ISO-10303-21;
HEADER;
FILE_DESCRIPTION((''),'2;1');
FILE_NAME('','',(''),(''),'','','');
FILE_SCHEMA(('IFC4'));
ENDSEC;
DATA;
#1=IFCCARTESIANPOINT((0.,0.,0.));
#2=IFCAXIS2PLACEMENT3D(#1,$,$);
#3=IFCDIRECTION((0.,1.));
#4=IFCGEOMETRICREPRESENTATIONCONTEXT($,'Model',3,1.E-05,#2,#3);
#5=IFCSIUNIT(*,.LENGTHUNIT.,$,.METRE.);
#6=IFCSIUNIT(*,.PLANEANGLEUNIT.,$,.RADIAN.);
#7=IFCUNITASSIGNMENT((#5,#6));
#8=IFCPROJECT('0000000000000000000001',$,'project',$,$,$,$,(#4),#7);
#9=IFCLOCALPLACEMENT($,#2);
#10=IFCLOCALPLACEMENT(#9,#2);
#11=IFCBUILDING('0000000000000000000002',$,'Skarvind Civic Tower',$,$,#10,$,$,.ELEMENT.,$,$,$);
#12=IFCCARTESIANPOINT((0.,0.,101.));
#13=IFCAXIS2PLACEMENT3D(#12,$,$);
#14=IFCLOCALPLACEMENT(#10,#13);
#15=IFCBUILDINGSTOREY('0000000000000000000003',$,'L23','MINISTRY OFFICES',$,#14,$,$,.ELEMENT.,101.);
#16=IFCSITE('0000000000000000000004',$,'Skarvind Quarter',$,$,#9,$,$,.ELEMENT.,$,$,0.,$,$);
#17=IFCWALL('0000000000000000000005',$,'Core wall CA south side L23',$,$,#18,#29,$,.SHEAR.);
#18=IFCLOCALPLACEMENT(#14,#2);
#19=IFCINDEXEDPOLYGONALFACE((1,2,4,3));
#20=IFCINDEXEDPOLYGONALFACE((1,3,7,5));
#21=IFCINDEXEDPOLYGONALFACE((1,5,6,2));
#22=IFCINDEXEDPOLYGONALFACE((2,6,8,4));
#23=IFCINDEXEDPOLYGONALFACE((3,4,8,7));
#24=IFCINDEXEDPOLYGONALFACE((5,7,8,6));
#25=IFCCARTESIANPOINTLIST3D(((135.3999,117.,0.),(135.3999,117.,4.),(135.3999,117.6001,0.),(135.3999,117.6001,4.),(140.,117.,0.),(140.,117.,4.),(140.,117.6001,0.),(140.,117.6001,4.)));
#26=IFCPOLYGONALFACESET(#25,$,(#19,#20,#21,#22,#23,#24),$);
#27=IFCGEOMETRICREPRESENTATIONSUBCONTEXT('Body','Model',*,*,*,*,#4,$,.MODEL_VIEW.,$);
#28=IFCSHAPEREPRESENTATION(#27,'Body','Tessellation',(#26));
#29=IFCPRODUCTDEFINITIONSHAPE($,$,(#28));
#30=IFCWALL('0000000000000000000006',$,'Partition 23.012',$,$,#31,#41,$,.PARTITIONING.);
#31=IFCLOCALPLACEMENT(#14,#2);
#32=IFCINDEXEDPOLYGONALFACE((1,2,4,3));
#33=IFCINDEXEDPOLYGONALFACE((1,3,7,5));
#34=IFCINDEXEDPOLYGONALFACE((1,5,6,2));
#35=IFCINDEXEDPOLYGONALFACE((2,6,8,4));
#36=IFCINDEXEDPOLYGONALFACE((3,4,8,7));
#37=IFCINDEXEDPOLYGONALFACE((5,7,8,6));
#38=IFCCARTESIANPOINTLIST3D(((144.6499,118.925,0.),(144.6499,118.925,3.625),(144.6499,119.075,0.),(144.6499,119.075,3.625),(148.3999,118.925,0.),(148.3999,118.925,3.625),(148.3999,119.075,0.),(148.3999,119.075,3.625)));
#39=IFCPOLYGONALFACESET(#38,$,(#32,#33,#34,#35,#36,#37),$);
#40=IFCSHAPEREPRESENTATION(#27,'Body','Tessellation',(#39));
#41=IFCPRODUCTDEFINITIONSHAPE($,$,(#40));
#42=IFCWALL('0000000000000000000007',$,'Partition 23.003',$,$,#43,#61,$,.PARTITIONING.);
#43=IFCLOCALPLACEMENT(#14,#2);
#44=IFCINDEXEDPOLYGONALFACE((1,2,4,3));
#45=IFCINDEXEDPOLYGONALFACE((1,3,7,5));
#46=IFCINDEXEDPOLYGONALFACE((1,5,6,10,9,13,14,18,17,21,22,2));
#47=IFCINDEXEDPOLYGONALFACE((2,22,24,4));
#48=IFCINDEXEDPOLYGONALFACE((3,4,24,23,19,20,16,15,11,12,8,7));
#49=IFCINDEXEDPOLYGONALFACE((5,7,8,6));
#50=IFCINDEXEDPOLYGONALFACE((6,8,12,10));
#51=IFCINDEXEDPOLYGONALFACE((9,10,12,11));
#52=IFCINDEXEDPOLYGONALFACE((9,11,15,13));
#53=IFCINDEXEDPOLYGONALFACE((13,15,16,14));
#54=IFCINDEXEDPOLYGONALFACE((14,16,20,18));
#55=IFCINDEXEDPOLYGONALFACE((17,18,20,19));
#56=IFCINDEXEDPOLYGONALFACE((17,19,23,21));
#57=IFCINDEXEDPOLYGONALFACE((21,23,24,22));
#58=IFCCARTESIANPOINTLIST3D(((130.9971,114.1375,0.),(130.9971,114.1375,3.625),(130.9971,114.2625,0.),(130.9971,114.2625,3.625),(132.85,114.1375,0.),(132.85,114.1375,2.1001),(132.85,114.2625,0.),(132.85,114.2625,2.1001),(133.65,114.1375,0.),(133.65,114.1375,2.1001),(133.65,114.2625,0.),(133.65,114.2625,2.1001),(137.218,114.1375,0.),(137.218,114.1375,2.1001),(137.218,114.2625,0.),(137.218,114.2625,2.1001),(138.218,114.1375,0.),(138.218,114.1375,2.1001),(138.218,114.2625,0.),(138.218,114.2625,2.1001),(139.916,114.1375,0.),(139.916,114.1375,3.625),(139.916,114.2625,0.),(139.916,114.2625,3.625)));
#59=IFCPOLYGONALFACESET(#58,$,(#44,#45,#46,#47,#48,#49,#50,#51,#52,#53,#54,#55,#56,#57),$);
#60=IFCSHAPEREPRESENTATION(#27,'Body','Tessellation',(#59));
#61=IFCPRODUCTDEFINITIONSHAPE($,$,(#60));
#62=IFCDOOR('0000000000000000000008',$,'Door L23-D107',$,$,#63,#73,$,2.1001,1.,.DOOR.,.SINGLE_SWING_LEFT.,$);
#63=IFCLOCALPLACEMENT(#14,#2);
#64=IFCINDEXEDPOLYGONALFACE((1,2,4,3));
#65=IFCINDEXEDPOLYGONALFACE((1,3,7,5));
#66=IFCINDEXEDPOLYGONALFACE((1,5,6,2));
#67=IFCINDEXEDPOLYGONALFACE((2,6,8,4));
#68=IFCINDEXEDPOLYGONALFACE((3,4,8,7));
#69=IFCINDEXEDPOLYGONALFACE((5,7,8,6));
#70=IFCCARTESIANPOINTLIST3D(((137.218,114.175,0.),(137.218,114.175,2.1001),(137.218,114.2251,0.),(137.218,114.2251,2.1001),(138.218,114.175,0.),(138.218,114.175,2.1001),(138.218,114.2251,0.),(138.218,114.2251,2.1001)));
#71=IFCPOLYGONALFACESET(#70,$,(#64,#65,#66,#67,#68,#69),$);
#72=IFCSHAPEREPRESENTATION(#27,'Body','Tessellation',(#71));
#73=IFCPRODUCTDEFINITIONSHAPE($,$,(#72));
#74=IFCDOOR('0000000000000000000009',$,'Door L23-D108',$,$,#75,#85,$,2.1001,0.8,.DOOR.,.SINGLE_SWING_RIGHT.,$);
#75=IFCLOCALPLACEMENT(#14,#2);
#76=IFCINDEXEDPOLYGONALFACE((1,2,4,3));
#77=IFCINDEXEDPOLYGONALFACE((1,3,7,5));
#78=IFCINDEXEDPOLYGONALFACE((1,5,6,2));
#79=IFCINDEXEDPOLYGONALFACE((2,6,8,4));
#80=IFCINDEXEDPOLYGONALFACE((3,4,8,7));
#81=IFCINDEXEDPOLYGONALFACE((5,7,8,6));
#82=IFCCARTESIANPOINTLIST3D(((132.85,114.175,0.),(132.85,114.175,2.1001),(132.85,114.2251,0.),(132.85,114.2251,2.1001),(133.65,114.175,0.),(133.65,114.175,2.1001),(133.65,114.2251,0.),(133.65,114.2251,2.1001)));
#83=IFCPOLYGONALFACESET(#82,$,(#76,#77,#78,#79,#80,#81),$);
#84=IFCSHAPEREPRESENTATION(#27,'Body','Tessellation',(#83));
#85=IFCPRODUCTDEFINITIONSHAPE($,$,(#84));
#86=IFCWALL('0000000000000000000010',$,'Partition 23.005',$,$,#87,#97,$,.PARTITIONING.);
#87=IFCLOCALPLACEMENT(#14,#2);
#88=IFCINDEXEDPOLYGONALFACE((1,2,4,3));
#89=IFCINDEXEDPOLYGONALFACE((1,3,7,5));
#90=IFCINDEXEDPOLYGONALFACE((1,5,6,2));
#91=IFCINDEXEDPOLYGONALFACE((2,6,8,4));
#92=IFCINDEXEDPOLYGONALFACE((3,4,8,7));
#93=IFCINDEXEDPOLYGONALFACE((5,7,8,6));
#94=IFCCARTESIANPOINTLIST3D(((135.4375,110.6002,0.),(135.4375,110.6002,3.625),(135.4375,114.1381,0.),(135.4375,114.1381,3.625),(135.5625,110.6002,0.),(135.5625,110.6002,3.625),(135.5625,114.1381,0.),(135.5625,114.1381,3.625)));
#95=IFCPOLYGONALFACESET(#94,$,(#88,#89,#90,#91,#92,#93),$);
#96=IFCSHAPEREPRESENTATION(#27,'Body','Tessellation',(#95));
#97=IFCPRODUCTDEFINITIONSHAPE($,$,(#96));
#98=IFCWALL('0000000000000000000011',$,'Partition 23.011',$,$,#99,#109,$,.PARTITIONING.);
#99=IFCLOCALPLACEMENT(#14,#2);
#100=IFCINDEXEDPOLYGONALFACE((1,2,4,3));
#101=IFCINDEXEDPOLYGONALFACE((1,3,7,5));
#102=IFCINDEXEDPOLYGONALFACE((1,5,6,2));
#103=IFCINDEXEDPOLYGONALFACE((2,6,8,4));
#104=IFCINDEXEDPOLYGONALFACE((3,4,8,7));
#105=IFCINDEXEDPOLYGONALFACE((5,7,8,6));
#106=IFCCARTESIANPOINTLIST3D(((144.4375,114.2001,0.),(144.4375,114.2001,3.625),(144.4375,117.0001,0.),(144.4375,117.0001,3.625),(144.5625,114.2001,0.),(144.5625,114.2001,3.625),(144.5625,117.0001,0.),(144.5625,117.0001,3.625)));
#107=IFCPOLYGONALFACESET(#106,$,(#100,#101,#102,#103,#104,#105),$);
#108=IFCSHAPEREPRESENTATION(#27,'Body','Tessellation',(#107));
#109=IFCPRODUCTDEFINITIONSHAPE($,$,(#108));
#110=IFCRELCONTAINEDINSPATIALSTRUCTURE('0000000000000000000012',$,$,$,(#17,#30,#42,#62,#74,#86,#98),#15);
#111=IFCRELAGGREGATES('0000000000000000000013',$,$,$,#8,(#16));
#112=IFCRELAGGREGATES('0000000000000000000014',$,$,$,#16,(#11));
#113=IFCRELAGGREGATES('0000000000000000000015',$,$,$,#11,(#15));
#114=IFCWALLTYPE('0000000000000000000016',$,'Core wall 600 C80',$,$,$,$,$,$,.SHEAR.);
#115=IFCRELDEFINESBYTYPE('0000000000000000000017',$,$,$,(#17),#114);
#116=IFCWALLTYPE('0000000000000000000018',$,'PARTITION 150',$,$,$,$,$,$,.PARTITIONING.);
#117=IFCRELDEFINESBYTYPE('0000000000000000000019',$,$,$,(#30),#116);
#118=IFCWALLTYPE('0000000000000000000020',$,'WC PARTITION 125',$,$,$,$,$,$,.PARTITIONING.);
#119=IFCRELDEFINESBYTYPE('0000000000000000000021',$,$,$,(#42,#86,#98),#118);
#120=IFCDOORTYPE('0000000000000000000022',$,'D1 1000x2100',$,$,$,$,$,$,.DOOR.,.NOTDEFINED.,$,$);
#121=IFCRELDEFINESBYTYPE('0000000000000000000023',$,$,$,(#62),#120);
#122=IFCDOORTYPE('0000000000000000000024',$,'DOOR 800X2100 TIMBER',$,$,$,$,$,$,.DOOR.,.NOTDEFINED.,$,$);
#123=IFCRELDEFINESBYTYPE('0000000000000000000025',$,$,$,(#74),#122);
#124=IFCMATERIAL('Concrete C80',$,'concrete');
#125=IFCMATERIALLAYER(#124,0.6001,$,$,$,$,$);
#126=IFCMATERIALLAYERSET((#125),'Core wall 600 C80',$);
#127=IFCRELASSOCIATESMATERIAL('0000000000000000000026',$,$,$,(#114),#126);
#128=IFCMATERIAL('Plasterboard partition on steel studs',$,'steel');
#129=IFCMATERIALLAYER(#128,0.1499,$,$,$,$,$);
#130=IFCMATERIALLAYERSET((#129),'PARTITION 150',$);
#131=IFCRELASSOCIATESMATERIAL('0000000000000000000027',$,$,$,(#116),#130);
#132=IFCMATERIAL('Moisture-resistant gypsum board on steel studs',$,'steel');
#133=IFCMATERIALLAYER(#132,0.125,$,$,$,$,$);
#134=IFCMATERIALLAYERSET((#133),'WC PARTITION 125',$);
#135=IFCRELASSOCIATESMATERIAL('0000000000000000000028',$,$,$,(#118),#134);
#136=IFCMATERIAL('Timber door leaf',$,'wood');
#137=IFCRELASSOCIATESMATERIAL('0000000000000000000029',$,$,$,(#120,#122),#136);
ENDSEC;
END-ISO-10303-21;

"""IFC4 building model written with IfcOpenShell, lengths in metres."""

from ifc_helpers import new_model, si_unit, direction, frame, frame_2d, origin, place, context, subcontext, project, spatial, rectangle, extrude, material, layer, layer_set, type_object, element, fill, save


model = new_model("IFC4")

# Units and contexts
model_context = context("Model", 3, precision=1e-05, world=origin(), true_north=direction((0.0, 1.0)))
body_context = subcontext(model_context, "Body", "Model", "MODEL_VIEW")
ifc_project = project(units=[si_unit("LENGTHUNIT", "METRE"), si_unit("PLANEANGLEUNIT", "RADIAN")], contexts=[model_context])

# Site, building, storey
site_placement = place(None, origin())
site = spatial("IfcSite", under=ifc_project, at=site_placement, Name="Skarvind Quarter", CompositionType="ELEMENT", RefElevation=0.0)
building_placement = place(site_placement, origin())
building = spatial("IfcBuilding", under=site, at=building_placement, Name="Skarvind Civic Tower", CompositionType="ELEMENT")
storey_placement = place(building_placement, frame((0.0, 0.0, 101.0)))
storey = spatial("IfcBuildingStorey", under=building, at=storey_placement, Name="L23", Description="MINISTRY OFFICES", CompositionType="ELEMENT", Elevation=101.0)

# Shared definitions
ifc_material_1 = material(Name="Timber door leaf", Category="wood")

# Walls
ifc_material_2 = material(Name="Concrete C80", Category="concrete")
ifc_layer_1 = layer(ifc_material_2, 0.6001)
ifc_layer_set_1 = layer_set([ifc_layer_1], Name="Core wall 600 C80")
wall_type_1 = type_object("IfcWallType", Name="Core wall 600 C80", PredefinedType="SHEAR", material=ifc_layer_set_1)
wall_1_placement = place(storey_placement, frame((135.3999, 117.3, 0.0), z_axis=(0.0, 0.0, 1.0), x_axis=(1.0, 0.0, 0.0)))
element("IfcWall", 1, at=wall_1_placement, inside=storey, type_object=wall_type_1, Name="Core wall CA south side L23", PredefinedType="SHEAR", context=body_context, shape_type="SweptSolid", body=[
    extrude(rectangle(XDim=4.6001, YDim=0.6001, at=frame_2d((2.3, 0.0))), origin(), (0.0, 0.0, 1.0), 4.0),
])
ifc_material_3 = material(Name="Plasterboard partition on steel studs", Category="steel")
ifc_layer_2 = layer(ifc_material_3, 0.1499)
ifc_layer_set_2 = layer_set([ifc_layer_2], Name="PARTITION 150")
wall_type_2 = type_object("IfcWallType", Name="PARTITION 150", PredefinedType="PARTITIONING", material=ifc_layer_set_2)
wall_2_placement = place(storey_placement, frame((144.6499, 119.0, 0.0), z_axis=(0.0, 0.0, 1.0), x_axis=(1.0, 0.0, 0.0)))
element("IfcWall", 2, at=wall_2_placement, inside=storey, type_object=wall_type_2, Name="Partition 23.012", PredefinedType="PARTITIONING", context=body_context, shape_type="SweptSolid", body=[
    extrude(rectangle(XDim=3.75, YDim=0.1499, at=frame_2d((1.875, 0.0))), origin(), (0.0, 0.0, 1.0), 3.625),
])

# Wall, openings, doors
ifc_material_4 = material(Name="Moisture-resistant gypsum board on steel studs", Category="steel")
ifc_layer_3 = layer(ifc_material_4, 0.125)
ifc_layer_set_3 = layer_set([ifc_layer_3], Name="WC PARTITION 125")
wall_type_3 = type_object("IfcWallType", Name="WC PARTITION 125", PredefinedType="PARTITIONING", material=ifc_layer_set_3)
wall_3_placement = place(storey_placement, frame((139.916, 114.2, 0.0), z_axis=(0.0, 0.0, 1.0), x_axis=(-1.0, 0.0, 0.0)))
wall_3 = element("IfcWall", 3, at=wall_3_placement, inside=storey, type_object=wall_type_3, Name="Partition 23.003", PredefinedType="PARTITIONING", context=body_context, shape_type="SweptSolid", body=[
    extrude(rectangle(XDim=8.9189, YDim=0.125, at=frame_2d((4.4595, 0.0))), origin(), (0.0, 0.0, 1.0), 3.625),
])
opening_1_placement = place(wall_3_placement, frame((1.698, 0.0, 0.0)))
opening_1 = element("IfcOpeningElement", 4, at=opening_1_placement, cuts=wall_3, PredefinedType="OPENING", context=body_context, shape_type="SweptSolid", body=[
    extrude(rectangle(XDim=1.0, YDim=2.1001, at=frame_2d((0.5, 1.05))), frame((0.0, 0.0725, 0.0), z_axis=(0.0, -1.0, 0.0), x_axis=(1.0, 0.0, 0.0)), (0.0, 0.0, 1.0), 0.145),
])
opening_2_placement = place(wall_3_placement, frame((6.2661, 0.0, 0.0)))
opening_2 = element("IfcOpeningElement", 5, at=opening_2_placement, cuts=wall_3, PredefinedType="OPENING", context=body_context, shape_type="SweptSolid", body=[
    extrude(rectangle(XDim=0.8, YDim=2.1001, at=frame_2d((0.3999, 1.05))), frame((0.0, 0.0725, 0.0), z_axis=(0.0, -1.0, 0.0), x_axis=(1.0, 0.0, 0.0)), (0.0, 0.0, 1.0), 0.145),
])
door_type_1 = type_object("IfcDoorType", Name="D1 1000x2100", OperationType="NOTDEFINED", PredefinedType="DOOR", material=ifc_material_1)
door_1_placement = place(opening_1_placement, origin())
door_1 = element("IfcDoor", 6, at=door_1_placement, inside=storey, type_object=door_type_1, Name="Door L23-D107", OperationType="SINGLE_SWING_LEFT", OverallHeight=2.1001, OverallWidth=1.0, PredefinedType="DOOR", context=body_context, shape_type="SweptSolid", body=[
    extrude(rectangle(XDim=1.0, YDim=2.1001, at=frame_2d((0.5, 1.05))), frame((0.0, 0.0249, 0.0), z_axis=(0.0, -1.0, 0.0), x_axis=(1.0, 0.0, 0.0)), (0.0, 0.0, 1.0), 0.05),
])
fill(opening_1, door_1)
door_type_2 = type_object("IfcDoorType", Name="DOOR 800X2100 TIMBER", OperationType="NOTDEFINED", PredefinedType="DOOR", material=ifc_material_1)
door_2_placement = place(opening_2_placement, origin())
door_2 = element("IfcDoor", 7, at=door_2_placement, inside=storey, type_object=door_type_2, Name="Door L23-D108", OperationType="SINGLE_SWING_RIGHT", OverallHeight=2.1001, OverallWidth=0.8, PredefinedType="DOOR", context=body_context, shape_type="SweptSolid", body=[
    extrude(rectangle(XDim=0.8, YDim=2.1001, at=frame_2d((0.3999, 1.05))), frame((0.0, 0.0249, 0.0), z_axis=(0.0, -1.0, 0.0), x_axis=(1.0, 0.0, 0.0)), (0.0, 0.0, 1.0), 0.05),
])
fill(opening_2, door_2)

# Walls
wall_4_placement = place(storey_placement, frame((135.5, 110.6001, 0.0), z_axis=(0.0, 0.0, 1.0), x_axis=(0.0, 1.0, 0.0)))
element("IfcWall", 8, at=wall_4_placement, inside=storey, type_object=wall_type_3, Name="Partition 23.005", PredefinedType="PARTITIONING", context=body_context, shape_type="SweptSolid", body=[
    extrude(rectangle(XDim=3.5378, YDim=0.125, at=frame_2d((1.769, 0.0))), origin(), (0.0, 0.0, 1.0), 3.625),
])
wall_5_placement = place(storey_placement, frame((144.5, 117.0, 0.0), z_axis=(0.0, 0.0, 1.0), x_axis=(0.0, -1.0, 0.0)))
element("IfcWall", 9, at=wall_5_placement, inside=storey, type_object=wall_type_3, Name="Partition 23.011", PredefinedType="PARTITIONING", context=body_context, shape_type="SweptSolid", body=[
    extrude(rectangle(XDim=2.8, YDim=0.125, at=frame_2d((1.3999, 0.0))), origin(), (0.0, 0.0, 1.0), 3.625),
])

save(model, "model.ifc")
